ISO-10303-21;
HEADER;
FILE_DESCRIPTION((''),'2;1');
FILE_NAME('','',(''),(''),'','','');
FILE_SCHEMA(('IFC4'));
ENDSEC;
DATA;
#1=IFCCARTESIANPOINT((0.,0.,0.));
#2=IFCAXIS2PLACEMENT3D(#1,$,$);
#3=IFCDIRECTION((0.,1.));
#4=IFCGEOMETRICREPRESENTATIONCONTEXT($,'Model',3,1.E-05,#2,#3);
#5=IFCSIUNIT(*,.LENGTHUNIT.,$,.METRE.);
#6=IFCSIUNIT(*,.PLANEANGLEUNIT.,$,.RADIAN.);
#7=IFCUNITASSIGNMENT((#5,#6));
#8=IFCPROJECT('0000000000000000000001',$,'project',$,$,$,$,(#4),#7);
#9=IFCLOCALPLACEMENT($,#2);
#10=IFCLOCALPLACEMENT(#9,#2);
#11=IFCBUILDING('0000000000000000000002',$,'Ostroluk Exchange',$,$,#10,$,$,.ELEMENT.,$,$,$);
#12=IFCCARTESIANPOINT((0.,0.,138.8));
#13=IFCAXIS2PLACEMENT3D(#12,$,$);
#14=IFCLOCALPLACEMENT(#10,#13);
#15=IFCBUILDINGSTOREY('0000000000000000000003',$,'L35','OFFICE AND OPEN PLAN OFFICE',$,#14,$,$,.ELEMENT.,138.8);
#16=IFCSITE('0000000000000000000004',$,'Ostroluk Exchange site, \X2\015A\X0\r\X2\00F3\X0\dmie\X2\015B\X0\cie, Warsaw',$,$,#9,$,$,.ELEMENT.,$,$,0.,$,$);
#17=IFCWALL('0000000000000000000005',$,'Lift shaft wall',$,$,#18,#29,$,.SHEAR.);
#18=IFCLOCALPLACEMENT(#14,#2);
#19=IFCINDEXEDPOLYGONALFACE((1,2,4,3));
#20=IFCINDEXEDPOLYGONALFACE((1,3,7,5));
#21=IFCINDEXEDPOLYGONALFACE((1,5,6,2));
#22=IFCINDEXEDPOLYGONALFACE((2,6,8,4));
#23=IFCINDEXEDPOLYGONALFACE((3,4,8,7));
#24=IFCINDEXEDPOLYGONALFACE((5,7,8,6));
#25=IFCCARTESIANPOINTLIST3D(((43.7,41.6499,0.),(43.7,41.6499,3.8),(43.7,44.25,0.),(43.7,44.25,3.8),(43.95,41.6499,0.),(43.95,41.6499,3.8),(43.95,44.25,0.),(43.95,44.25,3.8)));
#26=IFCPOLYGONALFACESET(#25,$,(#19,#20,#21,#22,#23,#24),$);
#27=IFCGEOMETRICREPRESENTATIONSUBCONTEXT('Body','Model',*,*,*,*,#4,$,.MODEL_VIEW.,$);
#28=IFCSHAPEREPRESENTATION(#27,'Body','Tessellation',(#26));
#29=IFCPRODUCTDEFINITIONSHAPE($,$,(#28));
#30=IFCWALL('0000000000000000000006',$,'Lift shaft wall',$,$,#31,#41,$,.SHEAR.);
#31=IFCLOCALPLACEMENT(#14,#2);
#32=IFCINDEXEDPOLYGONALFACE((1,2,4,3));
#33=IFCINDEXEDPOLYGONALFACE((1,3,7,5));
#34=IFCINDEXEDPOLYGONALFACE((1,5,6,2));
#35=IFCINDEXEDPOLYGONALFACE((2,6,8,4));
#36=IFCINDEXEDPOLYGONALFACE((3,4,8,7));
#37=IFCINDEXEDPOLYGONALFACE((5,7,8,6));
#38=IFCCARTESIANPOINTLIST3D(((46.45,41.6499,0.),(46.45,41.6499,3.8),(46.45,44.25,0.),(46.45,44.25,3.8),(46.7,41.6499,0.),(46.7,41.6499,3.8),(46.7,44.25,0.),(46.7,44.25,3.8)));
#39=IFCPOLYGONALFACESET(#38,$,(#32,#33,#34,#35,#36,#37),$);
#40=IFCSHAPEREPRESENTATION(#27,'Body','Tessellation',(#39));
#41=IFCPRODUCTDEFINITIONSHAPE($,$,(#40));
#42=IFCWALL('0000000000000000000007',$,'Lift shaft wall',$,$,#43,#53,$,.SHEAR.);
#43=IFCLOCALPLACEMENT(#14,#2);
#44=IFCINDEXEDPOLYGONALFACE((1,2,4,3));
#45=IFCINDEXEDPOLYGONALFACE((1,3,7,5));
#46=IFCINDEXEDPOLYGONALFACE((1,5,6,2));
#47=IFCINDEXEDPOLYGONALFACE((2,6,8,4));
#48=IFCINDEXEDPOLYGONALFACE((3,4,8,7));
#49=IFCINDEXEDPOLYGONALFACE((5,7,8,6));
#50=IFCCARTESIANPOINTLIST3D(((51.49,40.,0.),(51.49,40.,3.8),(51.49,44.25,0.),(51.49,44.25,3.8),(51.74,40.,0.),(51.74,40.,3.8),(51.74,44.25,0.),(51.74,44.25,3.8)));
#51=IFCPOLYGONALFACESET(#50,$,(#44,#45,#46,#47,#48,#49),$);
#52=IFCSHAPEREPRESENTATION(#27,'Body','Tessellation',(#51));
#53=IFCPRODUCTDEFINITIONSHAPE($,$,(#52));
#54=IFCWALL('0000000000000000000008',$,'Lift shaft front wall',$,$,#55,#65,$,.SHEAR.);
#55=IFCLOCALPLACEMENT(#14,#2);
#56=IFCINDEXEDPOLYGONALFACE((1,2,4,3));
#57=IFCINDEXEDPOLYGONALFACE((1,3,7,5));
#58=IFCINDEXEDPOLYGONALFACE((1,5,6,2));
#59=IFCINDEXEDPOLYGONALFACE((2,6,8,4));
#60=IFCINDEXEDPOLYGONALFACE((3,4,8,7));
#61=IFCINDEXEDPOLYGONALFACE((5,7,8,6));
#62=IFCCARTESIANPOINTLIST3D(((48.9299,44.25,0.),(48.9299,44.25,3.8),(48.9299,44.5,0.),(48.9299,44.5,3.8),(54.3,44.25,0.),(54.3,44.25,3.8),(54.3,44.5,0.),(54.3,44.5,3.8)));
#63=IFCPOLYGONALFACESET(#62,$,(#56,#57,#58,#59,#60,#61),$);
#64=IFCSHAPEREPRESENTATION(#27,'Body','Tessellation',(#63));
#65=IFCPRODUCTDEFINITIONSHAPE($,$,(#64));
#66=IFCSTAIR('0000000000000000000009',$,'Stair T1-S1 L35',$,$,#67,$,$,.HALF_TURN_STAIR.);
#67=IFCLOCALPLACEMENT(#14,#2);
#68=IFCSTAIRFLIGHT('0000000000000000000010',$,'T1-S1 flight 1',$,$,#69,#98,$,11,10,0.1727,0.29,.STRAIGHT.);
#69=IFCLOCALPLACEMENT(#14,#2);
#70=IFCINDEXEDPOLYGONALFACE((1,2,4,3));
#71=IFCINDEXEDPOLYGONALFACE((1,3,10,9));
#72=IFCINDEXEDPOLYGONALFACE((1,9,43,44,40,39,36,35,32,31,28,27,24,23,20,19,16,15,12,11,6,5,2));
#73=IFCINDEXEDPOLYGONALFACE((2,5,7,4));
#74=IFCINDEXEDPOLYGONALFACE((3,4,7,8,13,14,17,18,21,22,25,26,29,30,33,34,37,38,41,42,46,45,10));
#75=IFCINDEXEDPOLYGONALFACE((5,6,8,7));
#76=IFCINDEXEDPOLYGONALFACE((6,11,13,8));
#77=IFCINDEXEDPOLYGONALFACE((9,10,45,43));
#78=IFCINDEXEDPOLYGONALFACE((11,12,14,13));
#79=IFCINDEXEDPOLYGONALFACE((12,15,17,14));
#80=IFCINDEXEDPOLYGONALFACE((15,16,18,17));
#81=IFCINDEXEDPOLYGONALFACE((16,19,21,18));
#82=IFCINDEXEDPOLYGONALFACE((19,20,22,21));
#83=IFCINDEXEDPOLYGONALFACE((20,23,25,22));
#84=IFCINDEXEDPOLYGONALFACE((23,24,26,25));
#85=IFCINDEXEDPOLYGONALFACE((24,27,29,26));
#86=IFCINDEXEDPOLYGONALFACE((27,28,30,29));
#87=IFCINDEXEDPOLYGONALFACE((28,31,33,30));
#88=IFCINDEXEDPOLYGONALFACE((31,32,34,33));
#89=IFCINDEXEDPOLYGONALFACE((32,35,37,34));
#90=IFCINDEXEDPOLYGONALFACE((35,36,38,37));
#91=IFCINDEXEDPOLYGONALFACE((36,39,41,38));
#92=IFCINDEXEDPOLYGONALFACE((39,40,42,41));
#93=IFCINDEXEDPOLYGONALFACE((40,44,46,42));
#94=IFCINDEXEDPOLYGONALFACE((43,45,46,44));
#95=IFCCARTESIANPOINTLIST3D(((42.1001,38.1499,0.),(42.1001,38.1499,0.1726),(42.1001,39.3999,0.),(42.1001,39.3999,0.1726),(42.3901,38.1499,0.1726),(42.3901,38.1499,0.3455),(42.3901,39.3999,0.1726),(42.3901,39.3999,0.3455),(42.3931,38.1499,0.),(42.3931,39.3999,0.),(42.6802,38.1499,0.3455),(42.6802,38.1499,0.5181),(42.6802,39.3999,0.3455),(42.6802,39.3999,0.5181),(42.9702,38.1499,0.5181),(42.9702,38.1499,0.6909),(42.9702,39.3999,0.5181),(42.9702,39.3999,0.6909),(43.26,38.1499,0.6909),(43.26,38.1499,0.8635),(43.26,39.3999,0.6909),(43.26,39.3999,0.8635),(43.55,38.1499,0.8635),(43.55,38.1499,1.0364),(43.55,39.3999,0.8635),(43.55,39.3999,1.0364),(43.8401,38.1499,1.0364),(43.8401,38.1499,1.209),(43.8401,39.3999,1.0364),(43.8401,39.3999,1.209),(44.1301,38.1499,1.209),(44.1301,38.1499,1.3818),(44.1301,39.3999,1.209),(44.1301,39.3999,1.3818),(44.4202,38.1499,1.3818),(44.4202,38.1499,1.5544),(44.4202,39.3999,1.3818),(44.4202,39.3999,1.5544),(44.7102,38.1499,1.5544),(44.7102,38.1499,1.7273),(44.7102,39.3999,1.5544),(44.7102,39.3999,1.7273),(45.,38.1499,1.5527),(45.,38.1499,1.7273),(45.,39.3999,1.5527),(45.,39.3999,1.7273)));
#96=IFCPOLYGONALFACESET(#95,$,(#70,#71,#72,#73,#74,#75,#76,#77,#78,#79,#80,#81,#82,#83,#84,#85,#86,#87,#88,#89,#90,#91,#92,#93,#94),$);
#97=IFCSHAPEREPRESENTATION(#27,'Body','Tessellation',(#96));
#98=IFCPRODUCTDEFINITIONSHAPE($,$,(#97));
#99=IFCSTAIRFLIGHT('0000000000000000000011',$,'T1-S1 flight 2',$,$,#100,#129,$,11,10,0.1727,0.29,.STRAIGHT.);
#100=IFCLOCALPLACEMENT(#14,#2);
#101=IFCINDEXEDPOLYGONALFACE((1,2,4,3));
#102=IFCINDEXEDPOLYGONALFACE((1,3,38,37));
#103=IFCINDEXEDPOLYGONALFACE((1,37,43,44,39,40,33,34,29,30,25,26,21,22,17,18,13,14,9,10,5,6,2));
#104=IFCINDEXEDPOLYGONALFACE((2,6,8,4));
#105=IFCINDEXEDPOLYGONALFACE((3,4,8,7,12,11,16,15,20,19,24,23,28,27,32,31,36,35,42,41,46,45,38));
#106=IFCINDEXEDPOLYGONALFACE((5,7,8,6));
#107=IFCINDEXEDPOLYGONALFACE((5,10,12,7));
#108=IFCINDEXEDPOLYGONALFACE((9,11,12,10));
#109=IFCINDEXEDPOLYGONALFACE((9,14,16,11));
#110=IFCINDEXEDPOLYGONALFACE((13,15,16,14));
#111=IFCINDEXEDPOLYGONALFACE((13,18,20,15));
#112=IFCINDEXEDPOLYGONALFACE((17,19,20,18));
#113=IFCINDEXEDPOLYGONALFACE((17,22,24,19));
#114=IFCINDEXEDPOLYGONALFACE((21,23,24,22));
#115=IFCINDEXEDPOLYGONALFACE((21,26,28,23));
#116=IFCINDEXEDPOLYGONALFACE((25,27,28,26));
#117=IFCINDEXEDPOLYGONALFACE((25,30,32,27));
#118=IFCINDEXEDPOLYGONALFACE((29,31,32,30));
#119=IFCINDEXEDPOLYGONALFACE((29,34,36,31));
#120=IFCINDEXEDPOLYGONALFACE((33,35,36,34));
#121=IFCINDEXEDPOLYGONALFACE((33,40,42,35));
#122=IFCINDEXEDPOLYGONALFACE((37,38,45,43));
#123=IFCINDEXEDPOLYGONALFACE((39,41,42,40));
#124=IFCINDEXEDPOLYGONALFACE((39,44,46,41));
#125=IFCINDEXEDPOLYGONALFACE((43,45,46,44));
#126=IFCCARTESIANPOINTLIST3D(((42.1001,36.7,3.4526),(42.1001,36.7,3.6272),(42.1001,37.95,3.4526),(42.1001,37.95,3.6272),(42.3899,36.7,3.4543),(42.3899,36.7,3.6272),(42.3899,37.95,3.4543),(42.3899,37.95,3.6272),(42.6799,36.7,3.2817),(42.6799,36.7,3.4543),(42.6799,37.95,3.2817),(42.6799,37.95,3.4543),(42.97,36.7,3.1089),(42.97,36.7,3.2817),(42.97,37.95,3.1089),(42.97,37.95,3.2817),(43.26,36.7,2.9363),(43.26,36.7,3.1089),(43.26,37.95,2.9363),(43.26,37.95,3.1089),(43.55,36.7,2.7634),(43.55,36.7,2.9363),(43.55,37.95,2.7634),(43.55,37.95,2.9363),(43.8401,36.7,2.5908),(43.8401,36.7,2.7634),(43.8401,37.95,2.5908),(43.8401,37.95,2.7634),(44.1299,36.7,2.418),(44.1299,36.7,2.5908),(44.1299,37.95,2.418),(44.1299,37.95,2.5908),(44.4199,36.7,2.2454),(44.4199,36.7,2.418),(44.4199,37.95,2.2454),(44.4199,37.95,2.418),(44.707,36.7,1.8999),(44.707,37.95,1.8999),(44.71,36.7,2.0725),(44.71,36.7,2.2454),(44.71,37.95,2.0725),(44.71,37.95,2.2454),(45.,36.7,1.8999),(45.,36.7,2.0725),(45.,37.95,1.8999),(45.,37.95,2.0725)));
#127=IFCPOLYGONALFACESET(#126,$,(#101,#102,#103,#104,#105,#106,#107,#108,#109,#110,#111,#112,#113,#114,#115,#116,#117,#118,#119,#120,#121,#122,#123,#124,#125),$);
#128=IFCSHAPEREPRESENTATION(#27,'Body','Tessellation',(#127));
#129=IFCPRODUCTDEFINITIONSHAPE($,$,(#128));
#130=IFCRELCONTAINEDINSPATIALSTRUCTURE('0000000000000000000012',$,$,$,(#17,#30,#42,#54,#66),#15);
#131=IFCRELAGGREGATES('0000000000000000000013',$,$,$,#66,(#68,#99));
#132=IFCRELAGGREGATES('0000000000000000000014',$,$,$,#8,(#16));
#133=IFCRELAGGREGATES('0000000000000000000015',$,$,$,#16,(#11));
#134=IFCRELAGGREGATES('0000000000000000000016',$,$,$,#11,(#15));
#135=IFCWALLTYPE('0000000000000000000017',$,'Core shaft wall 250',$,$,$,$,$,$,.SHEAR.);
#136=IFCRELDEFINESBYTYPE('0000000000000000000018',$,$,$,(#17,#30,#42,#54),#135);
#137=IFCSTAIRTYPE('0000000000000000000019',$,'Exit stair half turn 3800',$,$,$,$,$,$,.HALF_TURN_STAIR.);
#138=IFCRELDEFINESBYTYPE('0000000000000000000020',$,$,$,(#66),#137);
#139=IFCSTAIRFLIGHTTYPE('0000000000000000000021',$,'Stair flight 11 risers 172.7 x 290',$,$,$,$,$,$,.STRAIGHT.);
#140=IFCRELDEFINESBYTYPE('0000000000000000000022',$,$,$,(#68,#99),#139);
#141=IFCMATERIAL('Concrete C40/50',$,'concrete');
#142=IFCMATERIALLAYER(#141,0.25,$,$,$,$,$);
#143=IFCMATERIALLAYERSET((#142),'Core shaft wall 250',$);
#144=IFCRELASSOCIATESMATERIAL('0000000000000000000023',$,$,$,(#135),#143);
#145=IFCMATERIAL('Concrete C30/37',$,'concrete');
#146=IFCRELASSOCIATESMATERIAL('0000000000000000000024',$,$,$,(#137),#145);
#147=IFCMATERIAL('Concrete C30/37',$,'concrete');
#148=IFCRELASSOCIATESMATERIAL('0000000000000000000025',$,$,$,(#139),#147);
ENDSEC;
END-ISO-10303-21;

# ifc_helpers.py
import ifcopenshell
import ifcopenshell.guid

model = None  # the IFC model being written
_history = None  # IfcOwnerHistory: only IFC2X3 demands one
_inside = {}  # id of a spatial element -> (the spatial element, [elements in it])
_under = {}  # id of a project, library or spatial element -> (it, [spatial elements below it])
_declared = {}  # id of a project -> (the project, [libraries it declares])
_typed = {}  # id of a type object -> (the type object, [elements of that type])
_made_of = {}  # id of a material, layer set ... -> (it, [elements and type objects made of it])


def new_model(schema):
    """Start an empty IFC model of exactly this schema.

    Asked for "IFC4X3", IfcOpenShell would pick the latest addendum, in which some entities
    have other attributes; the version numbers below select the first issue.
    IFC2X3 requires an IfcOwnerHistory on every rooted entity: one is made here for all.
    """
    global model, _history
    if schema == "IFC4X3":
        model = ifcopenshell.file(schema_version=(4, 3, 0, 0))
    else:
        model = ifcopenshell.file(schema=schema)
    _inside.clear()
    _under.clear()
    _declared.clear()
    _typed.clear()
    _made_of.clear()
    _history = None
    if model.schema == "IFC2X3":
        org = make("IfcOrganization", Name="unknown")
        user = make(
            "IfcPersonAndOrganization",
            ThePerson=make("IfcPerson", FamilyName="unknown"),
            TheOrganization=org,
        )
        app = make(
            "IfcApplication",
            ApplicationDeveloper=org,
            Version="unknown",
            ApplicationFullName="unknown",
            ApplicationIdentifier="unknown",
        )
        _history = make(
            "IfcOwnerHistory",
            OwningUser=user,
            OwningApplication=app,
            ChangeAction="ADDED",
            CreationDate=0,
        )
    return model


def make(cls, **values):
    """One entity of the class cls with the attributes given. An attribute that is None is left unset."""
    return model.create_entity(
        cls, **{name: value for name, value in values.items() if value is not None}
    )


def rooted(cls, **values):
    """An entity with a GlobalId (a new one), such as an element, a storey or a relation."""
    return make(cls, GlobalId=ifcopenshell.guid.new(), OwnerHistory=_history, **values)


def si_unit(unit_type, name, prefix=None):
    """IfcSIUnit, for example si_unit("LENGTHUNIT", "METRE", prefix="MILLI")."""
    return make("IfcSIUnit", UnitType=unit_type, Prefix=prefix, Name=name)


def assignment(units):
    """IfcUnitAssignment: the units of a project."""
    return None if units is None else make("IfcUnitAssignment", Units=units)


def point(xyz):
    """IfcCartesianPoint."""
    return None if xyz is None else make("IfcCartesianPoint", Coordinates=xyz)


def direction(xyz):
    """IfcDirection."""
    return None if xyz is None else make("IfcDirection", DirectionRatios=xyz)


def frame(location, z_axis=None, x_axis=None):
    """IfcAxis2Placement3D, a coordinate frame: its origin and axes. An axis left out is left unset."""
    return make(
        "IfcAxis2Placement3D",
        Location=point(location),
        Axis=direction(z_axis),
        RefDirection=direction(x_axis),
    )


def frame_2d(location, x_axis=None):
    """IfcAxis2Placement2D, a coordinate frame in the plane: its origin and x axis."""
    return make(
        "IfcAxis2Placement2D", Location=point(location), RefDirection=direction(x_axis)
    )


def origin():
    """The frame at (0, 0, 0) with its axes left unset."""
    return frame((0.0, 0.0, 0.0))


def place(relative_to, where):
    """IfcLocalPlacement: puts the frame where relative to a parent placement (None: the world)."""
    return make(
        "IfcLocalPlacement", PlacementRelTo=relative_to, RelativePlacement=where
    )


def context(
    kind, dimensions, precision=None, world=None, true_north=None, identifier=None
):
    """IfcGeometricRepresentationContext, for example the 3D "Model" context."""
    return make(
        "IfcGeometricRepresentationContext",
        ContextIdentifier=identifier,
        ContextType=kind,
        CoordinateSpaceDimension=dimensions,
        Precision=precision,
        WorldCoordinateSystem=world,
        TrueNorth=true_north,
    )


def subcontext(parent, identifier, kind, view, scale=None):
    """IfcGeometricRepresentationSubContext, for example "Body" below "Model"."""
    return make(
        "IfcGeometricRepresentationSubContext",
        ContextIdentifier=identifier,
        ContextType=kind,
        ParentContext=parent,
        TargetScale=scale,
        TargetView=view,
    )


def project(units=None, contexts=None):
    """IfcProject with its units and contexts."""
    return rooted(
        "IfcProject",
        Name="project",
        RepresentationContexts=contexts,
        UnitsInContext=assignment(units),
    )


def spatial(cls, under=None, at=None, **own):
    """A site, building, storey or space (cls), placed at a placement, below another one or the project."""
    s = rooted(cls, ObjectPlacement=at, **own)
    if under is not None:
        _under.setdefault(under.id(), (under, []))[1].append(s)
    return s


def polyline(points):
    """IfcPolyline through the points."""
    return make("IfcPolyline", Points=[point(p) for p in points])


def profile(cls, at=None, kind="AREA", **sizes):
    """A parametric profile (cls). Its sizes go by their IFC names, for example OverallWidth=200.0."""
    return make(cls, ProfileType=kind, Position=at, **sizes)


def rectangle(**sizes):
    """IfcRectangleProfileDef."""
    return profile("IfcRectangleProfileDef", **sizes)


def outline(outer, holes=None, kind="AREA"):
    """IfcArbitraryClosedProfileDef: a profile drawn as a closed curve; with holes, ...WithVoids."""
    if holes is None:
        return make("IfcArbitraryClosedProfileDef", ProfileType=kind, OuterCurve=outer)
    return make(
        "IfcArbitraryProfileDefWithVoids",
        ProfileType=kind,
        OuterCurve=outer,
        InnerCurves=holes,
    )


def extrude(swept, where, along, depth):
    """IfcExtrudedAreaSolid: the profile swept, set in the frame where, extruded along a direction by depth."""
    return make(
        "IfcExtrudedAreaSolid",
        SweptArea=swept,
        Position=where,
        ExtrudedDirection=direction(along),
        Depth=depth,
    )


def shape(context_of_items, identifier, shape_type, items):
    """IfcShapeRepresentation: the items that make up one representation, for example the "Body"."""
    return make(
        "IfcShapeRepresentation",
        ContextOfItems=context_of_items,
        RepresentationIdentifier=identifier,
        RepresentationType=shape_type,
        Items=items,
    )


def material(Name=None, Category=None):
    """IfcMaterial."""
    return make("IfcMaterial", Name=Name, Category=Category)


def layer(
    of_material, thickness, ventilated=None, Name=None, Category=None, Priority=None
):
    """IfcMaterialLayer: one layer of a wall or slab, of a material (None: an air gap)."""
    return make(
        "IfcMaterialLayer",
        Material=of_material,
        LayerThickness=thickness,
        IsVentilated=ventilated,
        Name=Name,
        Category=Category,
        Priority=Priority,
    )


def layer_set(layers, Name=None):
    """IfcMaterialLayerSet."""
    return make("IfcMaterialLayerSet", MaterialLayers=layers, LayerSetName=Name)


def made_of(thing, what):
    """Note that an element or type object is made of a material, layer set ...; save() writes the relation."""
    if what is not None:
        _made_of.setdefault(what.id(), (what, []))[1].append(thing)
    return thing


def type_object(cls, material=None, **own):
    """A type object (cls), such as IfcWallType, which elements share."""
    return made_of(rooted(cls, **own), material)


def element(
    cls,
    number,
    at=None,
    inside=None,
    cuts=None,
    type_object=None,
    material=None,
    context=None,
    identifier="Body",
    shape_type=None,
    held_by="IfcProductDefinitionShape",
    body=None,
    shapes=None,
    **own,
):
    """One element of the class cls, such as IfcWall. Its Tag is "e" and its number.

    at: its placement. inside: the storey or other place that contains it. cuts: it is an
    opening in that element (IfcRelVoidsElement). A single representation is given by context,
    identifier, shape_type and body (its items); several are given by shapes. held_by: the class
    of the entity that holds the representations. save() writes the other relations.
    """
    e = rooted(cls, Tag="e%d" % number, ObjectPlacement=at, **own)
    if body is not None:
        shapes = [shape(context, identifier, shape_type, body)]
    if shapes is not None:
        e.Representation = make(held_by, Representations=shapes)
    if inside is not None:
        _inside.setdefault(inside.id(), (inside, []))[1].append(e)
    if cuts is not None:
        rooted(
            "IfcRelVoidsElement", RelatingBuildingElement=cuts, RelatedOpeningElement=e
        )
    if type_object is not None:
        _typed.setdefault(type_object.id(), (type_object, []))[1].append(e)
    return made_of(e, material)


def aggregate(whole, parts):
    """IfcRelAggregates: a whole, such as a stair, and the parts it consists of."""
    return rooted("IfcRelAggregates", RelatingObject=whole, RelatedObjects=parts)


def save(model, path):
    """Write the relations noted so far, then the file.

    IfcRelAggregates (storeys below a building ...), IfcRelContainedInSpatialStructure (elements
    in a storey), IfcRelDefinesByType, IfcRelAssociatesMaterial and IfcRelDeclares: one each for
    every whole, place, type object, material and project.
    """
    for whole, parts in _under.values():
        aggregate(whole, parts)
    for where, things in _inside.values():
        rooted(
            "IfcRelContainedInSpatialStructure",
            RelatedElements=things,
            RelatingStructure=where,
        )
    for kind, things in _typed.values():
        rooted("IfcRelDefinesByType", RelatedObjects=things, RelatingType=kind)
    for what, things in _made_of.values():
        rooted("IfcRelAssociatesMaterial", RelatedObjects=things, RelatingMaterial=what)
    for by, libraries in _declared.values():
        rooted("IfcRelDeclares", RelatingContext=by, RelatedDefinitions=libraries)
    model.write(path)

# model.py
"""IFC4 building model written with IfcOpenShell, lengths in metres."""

from ifc_helpers import new_model, si_unit, direction, frame, frame_2d, origin, place, context, subcontext, project, spatial, polyline, rectangle, outline, extrude, material, layer, layer_set, type_object, element, aggregate, save


model = new_model("IFC4")

# Units and contexts
model_context = context("Model", 3, precision=1e-05, world=origin(), true_north=direction((0.0, 1.0)))
body_context = subcontext(model_context, "Body", "Model", "MODEL_VIEW")
ifc_project = project(units=[si_unit("LENGTHUNIT", "METRE"), si_unit("PLANEANGLEUNIT", "RADIAN")], contexts=[model_context])

# Site, building, storey
site_placement = place(None, origin())
site = spatial("IfcSite", under=ifc_project, at=site_placement, Name="Ostroluk Exchange site, Śródmieście, Warsaw", CompositionType="ELEMENT", RefElevation=0.0)
building_placement = place(site_placement, origin())
building = spatial("IfcBuilding", under=site, at=building_placement, Name="Ostroluk Exchange", CompositionType="ELEMENT")
storey_placement = place(building_placement, frame((0.0, 0.0, 138.8)))
storey = spatial("IfcBuildingStorey", under=building, at=storey_placement, Name="L35", Description="OFFICE AND OPEN PLAN OFFICE", CompositionType="ELEMENT", Elevation=138.8)

# Shared definitions
ifc_material_1 = material(Name="Concrete C40/50", Category="concrete")
ifc_layer_1 = layer(ifc_material_1, 0.25)
ifc_layer_set_1 = layer_set([ifc_layer_1], Name="Core shaft wall 250")
wall_type_1 = type_object("IfcWallType", Name="Core shaft wall 250", PredefinedType="SHEAR", material=ifc_layer_set_1)

# Walls
for number, where, z_axis, x_axis, name in (
    (1, (43.825, 44.25, 0.0), (0.0, 0.0, 1.0), (0.0, -1.0, 0.0), "Lift shaft wall"),
    (2, (46.575, 44.25, 0.0), (0.0, 0.0, 1.0), (0.0, -1.0, 0.0), "Lift shaft wall"),
):
    element("IfcWall", number, at=place(storey_placement, frame(where, z_axis=z_axis, x_axis=x_axis)), inside=storey, type_object=wall_type_1, Name=name, PredefinedType="SHEAR", context=body_context, shape_type="SweptSolid", body=[
        extrude(rectangle(XDim=2.6001, YDim=0.25, at=frame_2d((1.3, 0.0))), origin(), (0.0, 0.0, 1.0), 3.8),
    ])
wall_1_placement = place(storey_placement, frame((51.615, 44.25, 0.0), z_axis=(0.0, 0.0, 1.0), x_axis=(0.0, -1.0, 0.0)))
element("IfcWall", 3, at=wall_1_placement, inside=storey, type_object=wall_type_1, Name="Lift shaft wall", PredefinedType="SHEAR", context=body_context, shape_type="SweptSolid", body=[
    extrude(rectangle(XDim=4.25, YDim=0.25, at=frame_2d((2.125, 0.0))), origin(), (0.0, 0.0, 1.0), 3.8),
])
wall_2_placement = place(storey_placement, frame((48.9299, 44.375, 0.0), z_axis=(0.0, 0.0, 1.0), x_axis=(1.0, 0.0, 0.0)))
element("IfcWall", 4, at=wall_2_placement, inside=storey, type_object=wall_type_1, Name="Lift shaft front wall", PredefinedType="SHEAR", context=body_context, shape_type="SweptSolid", body=[
    extrude(rectangle(XDim=5.3701, YDim=0.25, at=frame_2d((2.6851, 0.0))), origin(), (0.0, 0.0, 1.0), 3.8),
])

# Stair, stair flights
ifc_material_2 = material(Name="Concrete C30/37", Category="concrete")
stair_type = type_object("IfcStairType", Name="Exit stair half turn 3800", PredefinedType="HALF_TURN_STAIR", material=ifc_material_2)
stair_placement = place(storey_placement, origin())
stair = element("IfcStair", 5, at=stair_placement, inside=storey, type_object=stair_type, Name="Stair T1-S1 L35", PredefinedType="HALF_TURN_STAIR")
ifc_material_3 = material(Name="Concrete C30/37", Category="concrete")
stair_flight_type = type_object("IfcStairFlightType", Name="Stair flight 11 risers 172.7 x 290", PredefinedType="STRAIGHT", material=ifc_material_3)
stair_flight_1_placement = place(storey_placement, frame((42.1001, 38.7749, 0.0), z_axis=(0.0, 0.0, 1.0), x_axis=(1.0, 0.0, 0.0)))
stair_flight_1 = element("IfcStairFlight", 6, at=stair_flight_1_placement, type_object=stair_flight_type, Name="T1-S1 flight 1", NumberOfRisers=11, NumberOfTreads=10, PredefinedType="STRAIGHT", RiserHeight=0.1727, TreadLength=0.29, context=body_context, shape_type="SweptSolid", body=[
    extrude(outline(polyline([(0.0, 0.0), (0.0, 0.1726), (0.29, 0.1726), (0.29, 0.3455), (0.5801, 0.3455), (0.5801, 0.5181), (0.8701, 0.5181), (0.8701, 0.6909), (1.1599, 0.6909), (1.1599, 0.8635), (1.45, 0.8635), (1.45, 1.0364), (1.74, 1.0364), (1.74, 1.209), (2.03, 1.209), (2.03, 1.3818), (2.3201, 1.3818), (2.3201, 1.5544), (2.6101, 1.5544), (2.6101, 1.7273), (2.8999, 1.7273), (2.8999, 1.8999), (2.8999, 1.5527), (0.293, 0.0), (0.0, 0.0)])), frame((0.0, 0.625, 0.0), z_axis=(0.0, -1.0, 0.0), x_axis=(1.0, 0.0, 0.0)), (0.0, 0.0, 1.0), 1.25),
])
stair_flight_2_placement = place(storey_placement, frame((45.0, 37.325, 1.8999), z_axis=(0.0, 0.0, 1.0), x_axis=(-1.0, 0.0, 0.0)))
stair_flight_2 = element("IfcStairFlight", 7, at=stair_flight_2_placement, type_object=stair_flight_type, Name="T1-S1 flight 2", NumberOfRisers=11, NumberOfTreads=10, PredefinedType="STRAIGHT", RiserHeight=0.1727, TreadLength=0.29, context=body_context, shape_type="SweptSolid", body=[
    extrude(outline(polyline([(0.0, 0.0), (0.0, 0.1726), (0.29, 0.1726), (0.29, 0.3455), (0.5801, 0.3455), (0.5801, 0.5181), (0.8701, 0.5181), (0.8701, 0.6909), (1.1599, 0.6909), (1.1599, 0.8635), (1.45, 0.8635), (1.45, 1.0364), (1.74, 1.0364), (1.74, 1.209), (2.03, 1.209), (2.03, 1.3818), (2.3201, 1.3818), (2.3201, 1.5544), (2.6101, 1.5544), (2.6101, 1.7273), (2.8999, 1.7273), (2.8999, 1.8999), (2.8999, 1.5527), (0.293, 0.0), (0.0, 0.0)])), frame((0.0, 0.625, 0.0), z_axis=(0.0, -1.0, 0.0), x_axis=(1.0, 0.0, 0.0)), (0.0, 0.0, 1.0), 1.25),
])
aggregate(stair, [stair_flight_1, stair_flight_2])

save(model, "model.ifc")
